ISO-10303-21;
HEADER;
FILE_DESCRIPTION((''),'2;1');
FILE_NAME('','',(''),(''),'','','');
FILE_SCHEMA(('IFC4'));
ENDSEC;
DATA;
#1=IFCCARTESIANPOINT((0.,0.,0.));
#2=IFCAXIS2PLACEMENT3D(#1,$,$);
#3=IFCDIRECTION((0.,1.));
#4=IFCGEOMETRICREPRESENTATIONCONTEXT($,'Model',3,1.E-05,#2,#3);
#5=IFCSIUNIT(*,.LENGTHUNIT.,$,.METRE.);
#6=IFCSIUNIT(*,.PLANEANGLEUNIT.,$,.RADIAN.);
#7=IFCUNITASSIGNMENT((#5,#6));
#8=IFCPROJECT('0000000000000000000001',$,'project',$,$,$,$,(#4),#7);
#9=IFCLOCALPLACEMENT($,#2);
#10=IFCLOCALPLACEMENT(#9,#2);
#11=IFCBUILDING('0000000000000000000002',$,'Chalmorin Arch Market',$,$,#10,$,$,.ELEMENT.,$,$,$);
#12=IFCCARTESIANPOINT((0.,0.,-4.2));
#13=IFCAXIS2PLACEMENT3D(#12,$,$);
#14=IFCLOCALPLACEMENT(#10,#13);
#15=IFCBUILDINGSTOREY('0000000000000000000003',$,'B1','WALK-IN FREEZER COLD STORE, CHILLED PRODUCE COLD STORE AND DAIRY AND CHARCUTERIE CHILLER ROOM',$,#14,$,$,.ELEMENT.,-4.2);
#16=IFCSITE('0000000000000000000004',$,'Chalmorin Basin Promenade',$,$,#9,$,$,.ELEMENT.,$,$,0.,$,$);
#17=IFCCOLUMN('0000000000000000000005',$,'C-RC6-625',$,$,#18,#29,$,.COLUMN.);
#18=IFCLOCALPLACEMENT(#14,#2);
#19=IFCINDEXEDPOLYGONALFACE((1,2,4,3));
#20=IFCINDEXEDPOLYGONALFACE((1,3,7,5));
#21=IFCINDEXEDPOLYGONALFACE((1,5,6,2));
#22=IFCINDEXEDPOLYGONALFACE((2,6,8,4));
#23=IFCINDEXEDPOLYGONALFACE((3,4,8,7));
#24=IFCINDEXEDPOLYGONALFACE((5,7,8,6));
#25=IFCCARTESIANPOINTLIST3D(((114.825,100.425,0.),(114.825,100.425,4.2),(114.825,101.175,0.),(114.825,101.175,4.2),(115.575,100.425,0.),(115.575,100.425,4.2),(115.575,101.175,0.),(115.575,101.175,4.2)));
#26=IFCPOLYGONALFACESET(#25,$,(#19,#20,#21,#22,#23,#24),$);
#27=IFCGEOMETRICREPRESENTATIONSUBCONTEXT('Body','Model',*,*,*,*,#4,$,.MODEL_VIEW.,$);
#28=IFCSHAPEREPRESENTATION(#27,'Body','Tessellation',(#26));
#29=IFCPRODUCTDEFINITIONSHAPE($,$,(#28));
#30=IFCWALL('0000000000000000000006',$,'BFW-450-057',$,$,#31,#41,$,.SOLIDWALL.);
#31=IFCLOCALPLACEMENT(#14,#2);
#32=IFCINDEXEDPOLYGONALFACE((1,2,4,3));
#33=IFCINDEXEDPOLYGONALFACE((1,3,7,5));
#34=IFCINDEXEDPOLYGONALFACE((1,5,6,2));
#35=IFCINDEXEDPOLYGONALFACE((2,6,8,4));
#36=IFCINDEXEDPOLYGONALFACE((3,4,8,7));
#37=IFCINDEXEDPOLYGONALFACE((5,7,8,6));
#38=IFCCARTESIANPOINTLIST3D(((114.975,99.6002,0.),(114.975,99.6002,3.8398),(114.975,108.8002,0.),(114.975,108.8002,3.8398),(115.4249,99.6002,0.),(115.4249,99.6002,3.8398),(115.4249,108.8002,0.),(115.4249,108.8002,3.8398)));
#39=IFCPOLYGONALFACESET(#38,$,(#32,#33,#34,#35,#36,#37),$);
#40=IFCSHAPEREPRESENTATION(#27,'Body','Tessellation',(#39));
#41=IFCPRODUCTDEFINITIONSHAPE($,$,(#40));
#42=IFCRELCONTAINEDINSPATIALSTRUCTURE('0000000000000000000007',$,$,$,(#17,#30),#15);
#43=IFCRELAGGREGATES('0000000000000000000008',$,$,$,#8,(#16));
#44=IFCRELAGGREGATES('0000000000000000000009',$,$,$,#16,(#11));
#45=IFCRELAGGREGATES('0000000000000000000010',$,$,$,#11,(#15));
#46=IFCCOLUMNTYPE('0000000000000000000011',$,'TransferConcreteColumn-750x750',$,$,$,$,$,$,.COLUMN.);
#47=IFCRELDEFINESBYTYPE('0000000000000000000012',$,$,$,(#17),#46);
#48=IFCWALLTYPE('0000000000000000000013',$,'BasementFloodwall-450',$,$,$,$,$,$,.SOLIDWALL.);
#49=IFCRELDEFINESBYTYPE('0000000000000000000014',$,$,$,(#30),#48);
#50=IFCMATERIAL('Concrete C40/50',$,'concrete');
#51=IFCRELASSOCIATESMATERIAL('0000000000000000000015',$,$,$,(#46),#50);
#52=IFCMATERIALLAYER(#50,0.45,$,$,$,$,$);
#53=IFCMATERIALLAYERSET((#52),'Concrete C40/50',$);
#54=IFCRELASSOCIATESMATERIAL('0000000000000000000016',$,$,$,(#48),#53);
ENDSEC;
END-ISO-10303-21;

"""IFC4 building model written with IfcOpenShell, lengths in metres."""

from ifc_helpers import new_model, si_unit, direction, frame, frame_2d, origin, origin_2d, place, context, subcontext, project, spatial, rectangle, extrude, material, layer, layer_set, material_profile, profile_set, type_object, element, save


model = new_model("IFC4")

# Units and contexts
model_context = context("Model", 3, precision=1e-05, world=origin(), true_north=direction((0.0, 1.0)))
body_context = subcontext(model_context, "Body", "Model", "MODEL_VIEW")
ifc_project = project(units=[si_unit("LENGTHUNIT", "METRE"), si_unit("PLANEANGLEUNIT", "RADIAN")], contexts=[model_context])

# Site, building, storey
site_placement = place(None, origin())
site = spatial("IfcSite", under=ifc_project, at=site_placement, Name="Chalmorin Basin Promenade", CompositionType="ELEMENT", RefElevation=0.0)
building_placement = place(site_placement, origin())
building = spatial("IfcBuilding", under=site, at=building_placement, Name="Chalmorin Arch Market", CompositionType="ELEMENT")
storey_placement = place(building_placement, frame((0.0, 0.0, -4.2)))
storey = spatial("IfcBuildingStorey", under=building, at=storey_placement, Name="B1", Description="WALK-IN FREEZER COLD STORE, CHILLED PRODUCE COLD STORE AND DAIRY AND CHARCUTERIE CHILLER ROOM", CompositionType="ELEMENT", Elevation=-4.2)

# Shared definitions
ifc_material_1 = material(Name="Concrete C40/50", Category="concrete")

# Column
ifc_material_profile_1 = material_profile(ifc_material_1, rectangle(XDim=0.75, YDim=0.75, at=origin_2d()), Name="RC750X750")
ifc_profile_set_1 = profile_set([ifc_material_profile_1], Name="Concrete C40/50")
column_type = type_object("IfcColumnType", Name="TransferConcreteColumn-750x750", PredefinedType="COLUMN", material=ifc_profile_set_1)
column_placement = place(storey_placement, frame((115.2, 100.8, 0.0), z_axis=(0.0, 0.0, 1.0), x_axis=(1.0, 0.0, 0.0)))
element("IfcColumn", 1, at=column_placement, inside=storey, type_object=column_type, Name="C-RC6-625", PredefinedType="COLUMN", context=body_context, shape_type="SweptSolid", body=[
    extrude(rectangle(XDim=0.75, YDim=0.75, at=origin_2d()), origin(), (0.0, 0.0, 1.0), 4.2),
])

# Wall
ifc_layer_1 = layer(ifc_material_1, 0.45)
ifc_layer_set_1 = layer_set([ifc_layer_1], Name="Concrete C40/50")
wall_type = type_object("IfcWallType", Name="BasementFloodwall-450", PredefinedType="SOLIDWALL", material=ifc_layer_set_1)
wall_placement = place(storey_placement, frame((115.2, 99.6001, 0.0), z_axis=(0.0, 0.0, 1.0), x_axis=(0.0, 1.0, 0.0)))
element("IfcWall", 2, at=wall_placement, inside=storey, type_object=wall_type, Name="BFW-450-057", PredefinedType="SOLIDWALL", context=body_context, shape_type="SweptSolid", body=[
    extrude(rectangle(XDim=9.2, YDim=0.45, at=frame_2d((4.6001, 0.0))), origin(), (0.0, 0.0, 1.0), 3.8398),
])

save(model, "model.ifc")
